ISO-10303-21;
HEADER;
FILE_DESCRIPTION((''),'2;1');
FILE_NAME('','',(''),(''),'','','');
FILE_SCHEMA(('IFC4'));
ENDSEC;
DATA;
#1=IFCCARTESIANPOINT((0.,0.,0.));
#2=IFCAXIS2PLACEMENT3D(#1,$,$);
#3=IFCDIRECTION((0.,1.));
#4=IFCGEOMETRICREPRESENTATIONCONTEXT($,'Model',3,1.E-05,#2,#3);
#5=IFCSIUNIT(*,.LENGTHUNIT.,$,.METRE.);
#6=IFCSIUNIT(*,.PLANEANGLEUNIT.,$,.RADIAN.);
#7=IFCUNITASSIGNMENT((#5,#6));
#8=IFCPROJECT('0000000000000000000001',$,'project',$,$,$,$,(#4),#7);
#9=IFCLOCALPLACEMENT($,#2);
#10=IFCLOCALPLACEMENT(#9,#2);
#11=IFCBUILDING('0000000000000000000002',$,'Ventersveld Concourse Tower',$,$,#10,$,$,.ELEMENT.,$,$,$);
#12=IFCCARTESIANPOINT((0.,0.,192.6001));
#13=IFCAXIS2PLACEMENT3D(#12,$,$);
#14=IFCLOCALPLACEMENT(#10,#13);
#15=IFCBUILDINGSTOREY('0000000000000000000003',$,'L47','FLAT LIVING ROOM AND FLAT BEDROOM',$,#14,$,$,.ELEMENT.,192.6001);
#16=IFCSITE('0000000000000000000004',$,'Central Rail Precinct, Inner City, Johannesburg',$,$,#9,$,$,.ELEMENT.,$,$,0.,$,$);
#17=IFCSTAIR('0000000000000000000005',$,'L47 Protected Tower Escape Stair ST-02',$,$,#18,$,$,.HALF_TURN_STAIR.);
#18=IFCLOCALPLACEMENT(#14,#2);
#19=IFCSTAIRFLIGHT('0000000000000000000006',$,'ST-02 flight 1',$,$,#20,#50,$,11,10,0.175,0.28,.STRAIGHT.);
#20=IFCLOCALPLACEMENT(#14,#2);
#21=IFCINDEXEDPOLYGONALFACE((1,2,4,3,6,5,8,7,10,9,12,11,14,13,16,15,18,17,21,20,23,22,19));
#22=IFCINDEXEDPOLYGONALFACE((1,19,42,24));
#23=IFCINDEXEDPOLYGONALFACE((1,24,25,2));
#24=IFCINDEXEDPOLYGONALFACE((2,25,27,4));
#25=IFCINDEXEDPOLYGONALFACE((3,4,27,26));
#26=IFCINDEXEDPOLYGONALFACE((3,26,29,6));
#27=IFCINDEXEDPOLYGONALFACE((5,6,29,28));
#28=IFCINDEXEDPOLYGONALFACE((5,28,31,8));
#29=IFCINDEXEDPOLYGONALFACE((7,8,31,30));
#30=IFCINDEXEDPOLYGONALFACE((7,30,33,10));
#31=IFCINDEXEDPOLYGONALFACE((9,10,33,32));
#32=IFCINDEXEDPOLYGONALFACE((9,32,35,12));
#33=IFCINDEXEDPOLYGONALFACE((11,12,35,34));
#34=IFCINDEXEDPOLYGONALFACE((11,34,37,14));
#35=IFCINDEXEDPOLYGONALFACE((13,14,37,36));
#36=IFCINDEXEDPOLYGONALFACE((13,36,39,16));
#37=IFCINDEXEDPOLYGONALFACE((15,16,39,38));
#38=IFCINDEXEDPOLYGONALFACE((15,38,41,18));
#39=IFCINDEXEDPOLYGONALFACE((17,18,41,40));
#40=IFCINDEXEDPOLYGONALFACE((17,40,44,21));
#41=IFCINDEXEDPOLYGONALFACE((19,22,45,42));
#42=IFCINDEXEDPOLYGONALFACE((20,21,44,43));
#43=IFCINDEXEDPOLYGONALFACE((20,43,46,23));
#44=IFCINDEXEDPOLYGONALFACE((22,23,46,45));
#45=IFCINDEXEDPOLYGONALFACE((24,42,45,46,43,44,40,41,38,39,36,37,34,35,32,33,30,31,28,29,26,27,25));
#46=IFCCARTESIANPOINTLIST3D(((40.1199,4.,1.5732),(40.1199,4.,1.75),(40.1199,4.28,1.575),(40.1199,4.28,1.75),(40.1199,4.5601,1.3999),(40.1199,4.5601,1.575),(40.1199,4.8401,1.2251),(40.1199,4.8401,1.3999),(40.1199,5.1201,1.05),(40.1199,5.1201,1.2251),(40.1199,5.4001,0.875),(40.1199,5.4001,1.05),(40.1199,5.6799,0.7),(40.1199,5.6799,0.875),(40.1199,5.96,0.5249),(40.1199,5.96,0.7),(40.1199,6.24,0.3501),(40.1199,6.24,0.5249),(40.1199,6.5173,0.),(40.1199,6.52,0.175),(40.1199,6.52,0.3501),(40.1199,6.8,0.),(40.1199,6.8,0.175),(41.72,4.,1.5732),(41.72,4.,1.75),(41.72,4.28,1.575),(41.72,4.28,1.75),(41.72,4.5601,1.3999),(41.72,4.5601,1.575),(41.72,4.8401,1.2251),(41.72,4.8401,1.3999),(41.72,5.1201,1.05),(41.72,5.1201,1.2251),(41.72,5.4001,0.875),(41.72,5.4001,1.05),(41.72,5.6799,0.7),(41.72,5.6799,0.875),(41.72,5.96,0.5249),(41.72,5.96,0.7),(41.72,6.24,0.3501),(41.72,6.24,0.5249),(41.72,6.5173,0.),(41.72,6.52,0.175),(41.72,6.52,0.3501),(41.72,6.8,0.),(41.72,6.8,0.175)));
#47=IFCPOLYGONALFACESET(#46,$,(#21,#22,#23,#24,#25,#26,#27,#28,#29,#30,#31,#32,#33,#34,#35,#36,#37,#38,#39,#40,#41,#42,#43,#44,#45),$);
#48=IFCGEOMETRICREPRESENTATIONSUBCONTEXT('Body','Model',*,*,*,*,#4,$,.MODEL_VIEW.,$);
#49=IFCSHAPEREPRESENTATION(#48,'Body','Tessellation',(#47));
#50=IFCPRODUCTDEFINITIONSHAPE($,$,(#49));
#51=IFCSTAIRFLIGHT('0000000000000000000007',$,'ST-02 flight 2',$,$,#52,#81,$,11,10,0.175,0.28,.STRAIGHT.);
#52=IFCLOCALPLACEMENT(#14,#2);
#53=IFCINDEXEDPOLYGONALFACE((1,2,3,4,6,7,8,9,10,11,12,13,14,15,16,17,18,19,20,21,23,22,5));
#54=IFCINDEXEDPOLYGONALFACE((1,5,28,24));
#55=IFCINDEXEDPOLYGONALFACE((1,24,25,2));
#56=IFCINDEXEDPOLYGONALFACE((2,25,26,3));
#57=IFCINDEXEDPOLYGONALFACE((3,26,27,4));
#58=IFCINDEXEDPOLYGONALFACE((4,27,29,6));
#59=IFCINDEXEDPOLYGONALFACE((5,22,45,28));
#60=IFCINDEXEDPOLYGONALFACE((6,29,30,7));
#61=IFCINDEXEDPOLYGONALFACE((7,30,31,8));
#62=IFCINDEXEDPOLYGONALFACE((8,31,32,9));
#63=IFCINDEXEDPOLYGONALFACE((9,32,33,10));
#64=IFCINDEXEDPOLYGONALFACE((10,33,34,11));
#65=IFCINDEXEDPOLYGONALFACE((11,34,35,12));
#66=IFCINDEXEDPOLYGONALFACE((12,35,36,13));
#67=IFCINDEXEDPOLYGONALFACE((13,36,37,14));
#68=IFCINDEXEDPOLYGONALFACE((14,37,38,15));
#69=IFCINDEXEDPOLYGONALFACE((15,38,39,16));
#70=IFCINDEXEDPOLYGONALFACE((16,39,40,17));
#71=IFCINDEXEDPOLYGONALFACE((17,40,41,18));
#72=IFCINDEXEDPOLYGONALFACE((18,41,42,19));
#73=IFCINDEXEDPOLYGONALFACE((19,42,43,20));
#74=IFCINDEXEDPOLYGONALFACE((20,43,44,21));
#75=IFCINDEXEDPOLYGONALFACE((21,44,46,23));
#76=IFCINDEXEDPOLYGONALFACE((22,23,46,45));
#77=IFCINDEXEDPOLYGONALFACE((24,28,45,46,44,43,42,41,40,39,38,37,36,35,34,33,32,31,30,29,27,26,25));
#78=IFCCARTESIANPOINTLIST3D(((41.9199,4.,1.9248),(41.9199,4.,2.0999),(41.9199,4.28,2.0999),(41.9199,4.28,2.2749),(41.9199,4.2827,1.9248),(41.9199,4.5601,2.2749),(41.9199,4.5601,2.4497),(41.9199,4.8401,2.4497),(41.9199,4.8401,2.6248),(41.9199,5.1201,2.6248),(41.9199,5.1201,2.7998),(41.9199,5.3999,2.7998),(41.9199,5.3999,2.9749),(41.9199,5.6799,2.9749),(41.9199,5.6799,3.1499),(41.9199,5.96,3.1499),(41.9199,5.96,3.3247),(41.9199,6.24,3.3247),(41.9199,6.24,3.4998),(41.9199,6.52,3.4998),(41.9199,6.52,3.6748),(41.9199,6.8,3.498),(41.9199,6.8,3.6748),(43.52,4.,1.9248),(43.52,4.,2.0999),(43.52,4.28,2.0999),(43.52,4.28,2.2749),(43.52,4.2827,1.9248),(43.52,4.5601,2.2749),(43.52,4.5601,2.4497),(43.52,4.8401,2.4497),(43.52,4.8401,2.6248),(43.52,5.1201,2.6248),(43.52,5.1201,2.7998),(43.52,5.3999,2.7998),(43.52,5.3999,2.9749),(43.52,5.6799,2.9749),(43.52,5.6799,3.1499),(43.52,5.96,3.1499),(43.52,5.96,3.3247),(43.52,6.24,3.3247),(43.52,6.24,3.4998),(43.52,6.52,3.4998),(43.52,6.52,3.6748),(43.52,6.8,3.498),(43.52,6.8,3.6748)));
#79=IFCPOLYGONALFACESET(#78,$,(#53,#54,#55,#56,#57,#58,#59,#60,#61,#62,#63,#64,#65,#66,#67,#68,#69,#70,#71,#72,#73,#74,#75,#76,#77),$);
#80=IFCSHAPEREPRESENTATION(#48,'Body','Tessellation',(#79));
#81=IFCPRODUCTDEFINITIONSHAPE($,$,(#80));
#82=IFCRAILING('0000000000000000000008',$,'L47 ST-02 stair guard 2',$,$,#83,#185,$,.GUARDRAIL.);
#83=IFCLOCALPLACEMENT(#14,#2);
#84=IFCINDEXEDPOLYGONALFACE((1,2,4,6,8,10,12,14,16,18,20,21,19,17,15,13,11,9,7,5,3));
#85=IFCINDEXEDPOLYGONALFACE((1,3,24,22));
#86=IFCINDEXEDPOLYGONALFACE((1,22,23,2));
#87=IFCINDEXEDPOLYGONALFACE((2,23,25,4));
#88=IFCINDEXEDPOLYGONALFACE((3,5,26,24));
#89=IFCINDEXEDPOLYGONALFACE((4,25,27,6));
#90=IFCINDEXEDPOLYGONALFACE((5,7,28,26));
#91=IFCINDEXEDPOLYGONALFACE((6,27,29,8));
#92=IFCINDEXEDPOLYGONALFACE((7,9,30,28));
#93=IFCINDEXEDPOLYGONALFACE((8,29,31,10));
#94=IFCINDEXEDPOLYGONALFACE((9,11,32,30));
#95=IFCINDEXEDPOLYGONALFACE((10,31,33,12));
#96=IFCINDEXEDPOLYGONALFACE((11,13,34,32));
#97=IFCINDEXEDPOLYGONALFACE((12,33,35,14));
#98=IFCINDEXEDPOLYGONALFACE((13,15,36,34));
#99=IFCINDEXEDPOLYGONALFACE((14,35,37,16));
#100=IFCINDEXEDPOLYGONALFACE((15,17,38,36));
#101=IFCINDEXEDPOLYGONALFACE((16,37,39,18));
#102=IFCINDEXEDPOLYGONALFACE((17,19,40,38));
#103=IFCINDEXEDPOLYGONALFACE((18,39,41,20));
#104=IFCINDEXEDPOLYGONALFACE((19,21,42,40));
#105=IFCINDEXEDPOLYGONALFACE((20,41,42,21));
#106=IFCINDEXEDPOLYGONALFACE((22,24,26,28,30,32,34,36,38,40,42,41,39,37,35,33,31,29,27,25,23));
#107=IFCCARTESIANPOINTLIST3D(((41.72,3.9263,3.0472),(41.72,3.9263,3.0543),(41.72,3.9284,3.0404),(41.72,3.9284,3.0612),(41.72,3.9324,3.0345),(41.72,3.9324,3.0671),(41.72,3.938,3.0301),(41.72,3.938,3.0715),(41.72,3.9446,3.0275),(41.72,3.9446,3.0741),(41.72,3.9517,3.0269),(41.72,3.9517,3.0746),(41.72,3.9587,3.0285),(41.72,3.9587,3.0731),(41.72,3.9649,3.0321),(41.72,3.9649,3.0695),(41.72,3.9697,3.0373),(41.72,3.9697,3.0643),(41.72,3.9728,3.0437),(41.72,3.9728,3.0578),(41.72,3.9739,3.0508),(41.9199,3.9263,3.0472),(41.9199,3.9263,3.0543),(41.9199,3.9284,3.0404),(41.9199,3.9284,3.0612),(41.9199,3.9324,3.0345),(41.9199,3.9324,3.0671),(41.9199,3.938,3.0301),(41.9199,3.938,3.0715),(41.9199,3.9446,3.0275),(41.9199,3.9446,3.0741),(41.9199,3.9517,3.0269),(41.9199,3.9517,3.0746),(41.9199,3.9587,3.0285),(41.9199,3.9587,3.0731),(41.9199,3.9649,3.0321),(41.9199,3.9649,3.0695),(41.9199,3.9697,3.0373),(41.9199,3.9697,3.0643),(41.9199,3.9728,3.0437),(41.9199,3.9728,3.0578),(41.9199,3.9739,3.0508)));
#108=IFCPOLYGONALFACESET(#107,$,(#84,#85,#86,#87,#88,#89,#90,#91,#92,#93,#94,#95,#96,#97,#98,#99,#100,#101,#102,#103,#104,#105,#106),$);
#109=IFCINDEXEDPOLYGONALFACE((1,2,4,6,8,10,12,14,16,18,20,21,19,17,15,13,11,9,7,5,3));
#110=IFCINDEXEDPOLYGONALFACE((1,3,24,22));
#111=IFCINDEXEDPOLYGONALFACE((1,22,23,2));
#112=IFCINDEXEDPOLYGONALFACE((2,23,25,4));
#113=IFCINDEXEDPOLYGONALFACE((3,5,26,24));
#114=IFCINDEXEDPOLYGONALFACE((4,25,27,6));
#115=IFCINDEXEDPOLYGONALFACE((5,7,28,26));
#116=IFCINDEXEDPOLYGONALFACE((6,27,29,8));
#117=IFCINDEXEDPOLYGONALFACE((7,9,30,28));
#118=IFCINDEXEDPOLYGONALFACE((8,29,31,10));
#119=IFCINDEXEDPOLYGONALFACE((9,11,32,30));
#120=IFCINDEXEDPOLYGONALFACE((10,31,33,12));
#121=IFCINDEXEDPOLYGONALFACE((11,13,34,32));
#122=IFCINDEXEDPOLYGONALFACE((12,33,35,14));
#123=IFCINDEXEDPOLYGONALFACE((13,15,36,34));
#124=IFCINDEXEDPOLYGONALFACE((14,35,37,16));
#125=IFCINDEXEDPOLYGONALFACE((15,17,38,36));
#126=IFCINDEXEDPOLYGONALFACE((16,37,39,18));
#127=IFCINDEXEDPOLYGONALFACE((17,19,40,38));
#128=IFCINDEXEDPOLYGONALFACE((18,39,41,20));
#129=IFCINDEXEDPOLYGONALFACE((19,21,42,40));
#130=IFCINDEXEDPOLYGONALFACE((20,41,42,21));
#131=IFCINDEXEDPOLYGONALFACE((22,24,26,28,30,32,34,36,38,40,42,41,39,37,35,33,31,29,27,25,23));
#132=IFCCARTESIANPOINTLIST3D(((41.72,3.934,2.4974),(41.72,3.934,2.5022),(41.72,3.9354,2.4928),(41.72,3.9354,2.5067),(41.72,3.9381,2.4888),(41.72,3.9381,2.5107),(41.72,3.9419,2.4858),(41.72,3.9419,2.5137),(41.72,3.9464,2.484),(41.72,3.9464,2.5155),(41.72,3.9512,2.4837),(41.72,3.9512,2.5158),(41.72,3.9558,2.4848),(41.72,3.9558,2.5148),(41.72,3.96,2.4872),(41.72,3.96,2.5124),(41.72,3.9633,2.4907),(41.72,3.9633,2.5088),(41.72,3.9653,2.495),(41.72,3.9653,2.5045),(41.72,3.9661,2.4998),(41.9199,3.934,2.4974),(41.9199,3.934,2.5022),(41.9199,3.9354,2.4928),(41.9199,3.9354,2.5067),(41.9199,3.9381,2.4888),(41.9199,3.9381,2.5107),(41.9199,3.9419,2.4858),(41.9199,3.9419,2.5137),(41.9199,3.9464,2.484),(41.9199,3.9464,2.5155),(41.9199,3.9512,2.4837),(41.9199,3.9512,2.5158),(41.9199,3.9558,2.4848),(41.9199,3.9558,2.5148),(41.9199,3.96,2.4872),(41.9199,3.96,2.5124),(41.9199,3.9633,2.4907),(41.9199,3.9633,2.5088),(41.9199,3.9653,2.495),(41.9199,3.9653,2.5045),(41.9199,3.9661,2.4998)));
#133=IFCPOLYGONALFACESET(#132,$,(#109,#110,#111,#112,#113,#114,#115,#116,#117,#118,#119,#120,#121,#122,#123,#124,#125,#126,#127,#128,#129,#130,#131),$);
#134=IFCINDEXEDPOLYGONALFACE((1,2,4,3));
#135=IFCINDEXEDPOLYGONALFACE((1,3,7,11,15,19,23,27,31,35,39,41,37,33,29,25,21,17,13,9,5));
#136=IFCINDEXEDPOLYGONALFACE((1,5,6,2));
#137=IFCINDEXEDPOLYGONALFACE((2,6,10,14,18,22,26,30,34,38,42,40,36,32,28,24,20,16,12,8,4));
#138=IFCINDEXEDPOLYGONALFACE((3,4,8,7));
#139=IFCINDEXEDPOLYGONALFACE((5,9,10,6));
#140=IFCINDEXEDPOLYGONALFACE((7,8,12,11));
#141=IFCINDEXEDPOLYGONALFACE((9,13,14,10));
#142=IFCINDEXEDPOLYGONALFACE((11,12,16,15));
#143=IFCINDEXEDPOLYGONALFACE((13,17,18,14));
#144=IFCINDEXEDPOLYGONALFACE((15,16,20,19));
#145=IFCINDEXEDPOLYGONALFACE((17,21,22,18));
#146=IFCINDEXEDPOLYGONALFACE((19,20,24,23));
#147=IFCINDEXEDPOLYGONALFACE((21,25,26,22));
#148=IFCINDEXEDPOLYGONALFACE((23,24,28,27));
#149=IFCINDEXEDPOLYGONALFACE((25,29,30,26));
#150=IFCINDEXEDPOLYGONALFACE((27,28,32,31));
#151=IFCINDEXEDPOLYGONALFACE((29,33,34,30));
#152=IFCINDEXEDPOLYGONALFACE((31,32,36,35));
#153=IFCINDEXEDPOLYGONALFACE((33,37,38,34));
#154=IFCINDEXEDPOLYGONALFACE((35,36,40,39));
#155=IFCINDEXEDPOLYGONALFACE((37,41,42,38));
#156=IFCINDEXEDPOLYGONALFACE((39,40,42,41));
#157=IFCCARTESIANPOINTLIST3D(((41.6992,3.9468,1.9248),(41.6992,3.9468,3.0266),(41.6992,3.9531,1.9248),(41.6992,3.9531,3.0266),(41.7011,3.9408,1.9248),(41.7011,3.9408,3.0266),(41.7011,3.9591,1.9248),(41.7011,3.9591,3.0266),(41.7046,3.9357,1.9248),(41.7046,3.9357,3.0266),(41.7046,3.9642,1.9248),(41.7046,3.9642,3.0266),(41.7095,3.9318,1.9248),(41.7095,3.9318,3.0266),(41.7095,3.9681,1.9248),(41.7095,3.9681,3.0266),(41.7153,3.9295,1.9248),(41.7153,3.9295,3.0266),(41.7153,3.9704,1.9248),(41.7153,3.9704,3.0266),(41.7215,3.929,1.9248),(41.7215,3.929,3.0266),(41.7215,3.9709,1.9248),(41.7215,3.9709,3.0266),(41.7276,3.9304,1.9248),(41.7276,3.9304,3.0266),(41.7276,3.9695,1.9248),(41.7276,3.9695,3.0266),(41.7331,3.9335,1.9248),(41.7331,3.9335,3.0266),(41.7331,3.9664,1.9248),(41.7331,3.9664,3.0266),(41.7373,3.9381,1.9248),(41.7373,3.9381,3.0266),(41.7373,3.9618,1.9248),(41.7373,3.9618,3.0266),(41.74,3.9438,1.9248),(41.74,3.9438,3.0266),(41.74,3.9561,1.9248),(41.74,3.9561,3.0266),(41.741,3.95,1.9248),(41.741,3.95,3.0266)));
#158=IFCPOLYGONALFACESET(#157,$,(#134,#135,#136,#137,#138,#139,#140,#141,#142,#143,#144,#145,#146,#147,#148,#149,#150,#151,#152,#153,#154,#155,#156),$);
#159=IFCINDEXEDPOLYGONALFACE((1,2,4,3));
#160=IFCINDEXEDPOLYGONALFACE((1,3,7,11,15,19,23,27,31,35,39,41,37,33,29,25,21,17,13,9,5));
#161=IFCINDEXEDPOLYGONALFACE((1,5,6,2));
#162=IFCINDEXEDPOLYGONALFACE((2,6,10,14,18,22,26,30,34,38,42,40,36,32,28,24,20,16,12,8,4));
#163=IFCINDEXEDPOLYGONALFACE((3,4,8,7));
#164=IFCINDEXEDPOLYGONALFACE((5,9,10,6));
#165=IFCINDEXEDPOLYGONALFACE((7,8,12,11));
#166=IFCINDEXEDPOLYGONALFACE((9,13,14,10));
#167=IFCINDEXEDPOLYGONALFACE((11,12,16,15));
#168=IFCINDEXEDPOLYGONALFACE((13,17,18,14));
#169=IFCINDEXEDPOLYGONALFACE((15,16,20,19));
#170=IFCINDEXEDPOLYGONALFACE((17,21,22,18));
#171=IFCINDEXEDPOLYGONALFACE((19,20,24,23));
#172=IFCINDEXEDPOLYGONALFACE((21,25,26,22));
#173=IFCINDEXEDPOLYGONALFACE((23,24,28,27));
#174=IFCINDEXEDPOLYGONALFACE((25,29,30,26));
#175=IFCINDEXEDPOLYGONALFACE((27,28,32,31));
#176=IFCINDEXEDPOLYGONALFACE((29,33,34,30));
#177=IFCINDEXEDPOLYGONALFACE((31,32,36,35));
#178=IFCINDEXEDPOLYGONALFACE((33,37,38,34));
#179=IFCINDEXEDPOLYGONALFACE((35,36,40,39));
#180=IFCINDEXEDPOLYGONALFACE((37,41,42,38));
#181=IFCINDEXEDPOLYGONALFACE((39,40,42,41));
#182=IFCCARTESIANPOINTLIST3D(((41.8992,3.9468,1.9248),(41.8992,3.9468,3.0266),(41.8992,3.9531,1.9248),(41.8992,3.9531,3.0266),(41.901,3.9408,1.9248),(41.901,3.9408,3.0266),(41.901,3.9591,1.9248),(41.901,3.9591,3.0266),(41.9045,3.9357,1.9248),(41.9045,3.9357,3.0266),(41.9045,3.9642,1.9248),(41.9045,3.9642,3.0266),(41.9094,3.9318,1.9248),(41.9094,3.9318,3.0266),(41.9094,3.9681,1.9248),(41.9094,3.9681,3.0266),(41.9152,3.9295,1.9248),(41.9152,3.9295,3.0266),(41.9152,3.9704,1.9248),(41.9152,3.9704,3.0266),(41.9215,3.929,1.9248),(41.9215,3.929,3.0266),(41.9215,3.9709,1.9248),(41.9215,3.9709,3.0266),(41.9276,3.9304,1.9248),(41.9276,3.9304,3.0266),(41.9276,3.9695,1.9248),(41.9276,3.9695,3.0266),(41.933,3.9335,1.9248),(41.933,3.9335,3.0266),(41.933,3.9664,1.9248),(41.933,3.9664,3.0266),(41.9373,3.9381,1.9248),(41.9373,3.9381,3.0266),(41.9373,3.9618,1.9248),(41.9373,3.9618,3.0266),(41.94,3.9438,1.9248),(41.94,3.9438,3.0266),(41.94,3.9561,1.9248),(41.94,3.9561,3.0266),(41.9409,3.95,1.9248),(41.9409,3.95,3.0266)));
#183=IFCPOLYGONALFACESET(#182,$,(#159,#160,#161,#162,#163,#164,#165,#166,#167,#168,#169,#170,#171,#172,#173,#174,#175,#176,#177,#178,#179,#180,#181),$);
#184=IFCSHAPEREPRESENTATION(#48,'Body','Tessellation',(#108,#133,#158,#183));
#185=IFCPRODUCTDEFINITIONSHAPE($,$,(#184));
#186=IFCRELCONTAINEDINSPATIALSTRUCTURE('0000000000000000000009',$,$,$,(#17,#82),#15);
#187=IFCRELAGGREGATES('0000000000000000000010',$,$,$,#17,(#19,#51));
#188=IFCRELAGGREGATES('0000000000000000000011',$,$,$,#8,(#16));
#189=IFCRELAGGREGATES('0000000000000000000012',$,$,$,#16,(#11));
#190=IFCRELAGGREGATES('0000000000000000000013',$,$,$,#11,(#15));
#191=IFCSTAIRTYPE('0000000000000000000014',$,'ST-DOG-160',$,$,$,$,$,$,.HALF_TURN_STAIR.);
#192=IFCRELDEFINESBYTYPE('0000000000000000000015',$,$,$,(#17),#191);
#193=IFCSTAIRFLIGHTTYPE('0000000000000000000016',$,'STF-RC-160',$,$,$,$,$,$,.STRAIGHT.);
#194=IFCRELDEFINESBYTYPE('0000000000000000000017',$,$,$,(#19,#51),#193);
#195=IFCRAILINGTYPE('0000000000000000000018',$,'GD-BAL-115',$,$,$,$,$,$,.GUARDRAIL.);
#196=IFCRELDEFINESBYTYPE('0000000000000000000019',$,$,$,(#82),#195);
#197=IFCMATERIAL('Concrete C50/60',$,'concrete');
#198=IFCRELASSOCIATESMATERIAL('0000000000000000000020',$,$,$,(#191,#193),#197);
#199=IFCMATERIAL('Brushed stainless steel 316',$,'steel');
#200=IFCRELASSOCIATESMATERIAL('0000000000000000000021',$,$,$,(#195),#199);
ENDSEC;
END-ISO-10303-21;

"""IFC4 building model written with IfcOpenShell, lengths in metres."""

from ifc_helpers import new_model, si_unit, direction, frame, origin, origin_2d, place, context, subcontext, project, spatial, polyline, circle, outline, extrude, material, type_object, element, aggregate, save


model = new_model("IFC4")

# Units and contexts
model_context = context("Model", 3, precision=1e-05, world=origin(), true_north=direction((0.0, 1.0)))
body_context = subcontext(model_context, "Body", "Model", "MODEL_VIEW")
ifc_project = project(units=[si_unit("LENGTHUNIT", "METRE"), si_unit("PLANEANGLEUNIT", "RADIAN")], contexts=[model_context])

# Site, building, storey
site_placement = place(None, origin())
site = spatial("IfcSite", under=ifc_project, at=site_placement, Name="Central Rail Precinct, Inner City, Johannesburg", CompositionType="ELEMENT", RefElevation=0.0)
building_placement = place(site_placement, origin())
building = spatial("IfcBuilding", under=site, at=building_placement, Name="Ventersveld Concourse Tower", CompositionType="ELEMENT")
storey_placement = place(building_placement, frame((0.0, 0.0, 192.6001)))
storey = spatial("IfcBuildingStorey", under=building, at=storey_placement, Name="L47", Description="FLAT LIVING ROOM AND FLAT BEDROOM", CompositionType="ELEMENT", Elevation=192.6001)

# Shared definitions
ifc_material_1 = material(Name="Concrete C50/60", Category="concrete")

# Stair, stair flights
stair_type = type_object("IfcStairType", Name="ST-DOG-160", PredefinedType="HALF_TURN_STAIR", material=ifc_material_1)
stair_placement = place(storey_placement, origin())
stair = element("IfcStair", 1, at=stair_placement, inside=storey, type_object=stair_type, Name="L47 Protected Tower Escape Stair ST-02", PredefinedType="HALF_TURN_STAIR")
stair_flight_type = type_object("IfcStairFlightType", Name="STF-RC-160", PredefinedType="STRAIGHT", material=ifc_material_1)
stair_flight_1_placement = place(storey_placement, frame((40.9199, 6.8, 0.0), z_axis=(0.0, 0.0, 1.0), x_axis=(0.0, -1.0, 0.0)))
stair_flight_1 = element("IfcStairFlight", 2, at=stair_flight_1_placement, type_object=stair_flight_type, Name="ST-02 flight 1", NumberOfRisers=11, NumberOfTreads=10, PredefinedType="STRAIGHT", RiserHeight=0.175, TreadLength=0.28, context=body_context, shape_type="SweptSolid", body=[
    extrude(outline(polyline([(0.0, 0.0), (0.0, 0.175), (0.28, 0.175), (0.28, 0.3501), (0.5601, 0.3501), (0.5601, 0.5249), (0.8401, 0.5249), (0.8401, 0.7), (1.1201, 0.7), (1.1201, 0.875), (1.3999, 0.875), (1.3999, 1.05), (1.6799, 1.05), (1.6799, 1.2251), (1.96, 1.2251), (1.96, 1.3999), (2.24, 1.3999), (2.24, 1.575), (2.52, 1.575), (2.52, 1.75), (2.8, 1.75), (2.8, 1.925), (2.8, 1.5732), (0.2827, 0.0), (0.0, 0.0)])), frame((0.0, 0.8, 0.0), z_axis=(0.0, -1.0, 0.0), x_axis=(1.0, 0.0, 0.0)), (0.0, 0.0, 1.0), 1.6001),
])
stair_flight_2_placement = place(storey_placement, frame((42.72, 4.0, 1.9248), z_axis=(0.0, 0.0, 1.0), x_axis=(0.0, 1.0, 0.0)))
stair_flight_2 = element("IfcStairFlight", 3, at=stair_flight_2_placement, type_object=stair_flight_type, Name="ST-02 flight 2", NumberOfRisers=11, NumberOfTreads=10, PredefinedType="STRAIGHT", RiserHeight=0.175, TreadLength=0.28, context=body_context, shape_type="SweptSolid", body=[
    extrude(outline(polyline([(0.0, 0.0), (0.0, 0.175), (0.28, 0.175), (0.28, 0.3501), (0.5601, 0.3501), (0.5601, 0.5249), (0.8401, 0.5249), (0.8401, 0.7), (1.1201, 0.7), (1.1201, 0.875), (1.3999, 0.875), (1.3999, 1.05), (1.6799, 1.05), (1.6799, 1.2251), (1.96, 1.2251), (1.96, 1.3999), (2.24, 1.3999), (2.24, 1.575), (2.52, 1.575), (2.52, 1.75), (2.8, 1.75), (2.8, 1.925), (2.8, 1.5732), (0.2827, 0.0), (0.0, 0.0)])), frame((0.0, 0.8, 0.0), z_axis=(0.0, -1.0, 0.0), x_axis=(1.0, 0.0, 0.0)), (0.0, 0.0, 1.0), 1.6001),
])
aggregate(stair, [stair_flight_1, stair_flight_2])

# Railing
ifc_material_2 = material(Name="Brushed stainless steel 316", Category="steel")
railing_type_1 = type_object("IfcRailingType", Name="GD-BAL-115", PredefinedType="GUARDRAIL", material=ifc_material_2)
railing_1_placement = place(storey_placement, frame((41.72, 3.95, 1.9248)))
element("IfcRailing", 4, at=railing_1_placement, inside=storey, type_object=railing_type_1, Name="L47 ST-02 stair guard 2", PredefinedType="GUARDRAIL", context=body_context, shape_type="SweptSolid", body=[
    extrude(circle(Radius=0.0239, at=origin_2d()), frame((0.0, 0.0, 1.126), z_axis=(1.0, 0.0, 0.0), x_axis=(0.0, 1.0, 0.0)), (0.0, 0.0, 1.0), 0.2),
    extrude(circle(Radius=0.0161, at=origin_2d()), frame((0.0, 0.0, 0.575), z_axis=(1.0, 0.0, 0.0), x_axis=(0.0, 1.0, 0.0)), (0.0, 0.0, 1.0), 0.2),
    extrude(circle(Radius=0.021, at=origin_2d()), origin(), (0.0, 0.0, 1.0), 1.1018),
    extrude(circle(Radius=0.021, at=origin_2d()), frame((0.2, 0.0, 0.0)), (0.0, 0.0, 1.0), 1.1018),
])

save(model, "model.ifc")
